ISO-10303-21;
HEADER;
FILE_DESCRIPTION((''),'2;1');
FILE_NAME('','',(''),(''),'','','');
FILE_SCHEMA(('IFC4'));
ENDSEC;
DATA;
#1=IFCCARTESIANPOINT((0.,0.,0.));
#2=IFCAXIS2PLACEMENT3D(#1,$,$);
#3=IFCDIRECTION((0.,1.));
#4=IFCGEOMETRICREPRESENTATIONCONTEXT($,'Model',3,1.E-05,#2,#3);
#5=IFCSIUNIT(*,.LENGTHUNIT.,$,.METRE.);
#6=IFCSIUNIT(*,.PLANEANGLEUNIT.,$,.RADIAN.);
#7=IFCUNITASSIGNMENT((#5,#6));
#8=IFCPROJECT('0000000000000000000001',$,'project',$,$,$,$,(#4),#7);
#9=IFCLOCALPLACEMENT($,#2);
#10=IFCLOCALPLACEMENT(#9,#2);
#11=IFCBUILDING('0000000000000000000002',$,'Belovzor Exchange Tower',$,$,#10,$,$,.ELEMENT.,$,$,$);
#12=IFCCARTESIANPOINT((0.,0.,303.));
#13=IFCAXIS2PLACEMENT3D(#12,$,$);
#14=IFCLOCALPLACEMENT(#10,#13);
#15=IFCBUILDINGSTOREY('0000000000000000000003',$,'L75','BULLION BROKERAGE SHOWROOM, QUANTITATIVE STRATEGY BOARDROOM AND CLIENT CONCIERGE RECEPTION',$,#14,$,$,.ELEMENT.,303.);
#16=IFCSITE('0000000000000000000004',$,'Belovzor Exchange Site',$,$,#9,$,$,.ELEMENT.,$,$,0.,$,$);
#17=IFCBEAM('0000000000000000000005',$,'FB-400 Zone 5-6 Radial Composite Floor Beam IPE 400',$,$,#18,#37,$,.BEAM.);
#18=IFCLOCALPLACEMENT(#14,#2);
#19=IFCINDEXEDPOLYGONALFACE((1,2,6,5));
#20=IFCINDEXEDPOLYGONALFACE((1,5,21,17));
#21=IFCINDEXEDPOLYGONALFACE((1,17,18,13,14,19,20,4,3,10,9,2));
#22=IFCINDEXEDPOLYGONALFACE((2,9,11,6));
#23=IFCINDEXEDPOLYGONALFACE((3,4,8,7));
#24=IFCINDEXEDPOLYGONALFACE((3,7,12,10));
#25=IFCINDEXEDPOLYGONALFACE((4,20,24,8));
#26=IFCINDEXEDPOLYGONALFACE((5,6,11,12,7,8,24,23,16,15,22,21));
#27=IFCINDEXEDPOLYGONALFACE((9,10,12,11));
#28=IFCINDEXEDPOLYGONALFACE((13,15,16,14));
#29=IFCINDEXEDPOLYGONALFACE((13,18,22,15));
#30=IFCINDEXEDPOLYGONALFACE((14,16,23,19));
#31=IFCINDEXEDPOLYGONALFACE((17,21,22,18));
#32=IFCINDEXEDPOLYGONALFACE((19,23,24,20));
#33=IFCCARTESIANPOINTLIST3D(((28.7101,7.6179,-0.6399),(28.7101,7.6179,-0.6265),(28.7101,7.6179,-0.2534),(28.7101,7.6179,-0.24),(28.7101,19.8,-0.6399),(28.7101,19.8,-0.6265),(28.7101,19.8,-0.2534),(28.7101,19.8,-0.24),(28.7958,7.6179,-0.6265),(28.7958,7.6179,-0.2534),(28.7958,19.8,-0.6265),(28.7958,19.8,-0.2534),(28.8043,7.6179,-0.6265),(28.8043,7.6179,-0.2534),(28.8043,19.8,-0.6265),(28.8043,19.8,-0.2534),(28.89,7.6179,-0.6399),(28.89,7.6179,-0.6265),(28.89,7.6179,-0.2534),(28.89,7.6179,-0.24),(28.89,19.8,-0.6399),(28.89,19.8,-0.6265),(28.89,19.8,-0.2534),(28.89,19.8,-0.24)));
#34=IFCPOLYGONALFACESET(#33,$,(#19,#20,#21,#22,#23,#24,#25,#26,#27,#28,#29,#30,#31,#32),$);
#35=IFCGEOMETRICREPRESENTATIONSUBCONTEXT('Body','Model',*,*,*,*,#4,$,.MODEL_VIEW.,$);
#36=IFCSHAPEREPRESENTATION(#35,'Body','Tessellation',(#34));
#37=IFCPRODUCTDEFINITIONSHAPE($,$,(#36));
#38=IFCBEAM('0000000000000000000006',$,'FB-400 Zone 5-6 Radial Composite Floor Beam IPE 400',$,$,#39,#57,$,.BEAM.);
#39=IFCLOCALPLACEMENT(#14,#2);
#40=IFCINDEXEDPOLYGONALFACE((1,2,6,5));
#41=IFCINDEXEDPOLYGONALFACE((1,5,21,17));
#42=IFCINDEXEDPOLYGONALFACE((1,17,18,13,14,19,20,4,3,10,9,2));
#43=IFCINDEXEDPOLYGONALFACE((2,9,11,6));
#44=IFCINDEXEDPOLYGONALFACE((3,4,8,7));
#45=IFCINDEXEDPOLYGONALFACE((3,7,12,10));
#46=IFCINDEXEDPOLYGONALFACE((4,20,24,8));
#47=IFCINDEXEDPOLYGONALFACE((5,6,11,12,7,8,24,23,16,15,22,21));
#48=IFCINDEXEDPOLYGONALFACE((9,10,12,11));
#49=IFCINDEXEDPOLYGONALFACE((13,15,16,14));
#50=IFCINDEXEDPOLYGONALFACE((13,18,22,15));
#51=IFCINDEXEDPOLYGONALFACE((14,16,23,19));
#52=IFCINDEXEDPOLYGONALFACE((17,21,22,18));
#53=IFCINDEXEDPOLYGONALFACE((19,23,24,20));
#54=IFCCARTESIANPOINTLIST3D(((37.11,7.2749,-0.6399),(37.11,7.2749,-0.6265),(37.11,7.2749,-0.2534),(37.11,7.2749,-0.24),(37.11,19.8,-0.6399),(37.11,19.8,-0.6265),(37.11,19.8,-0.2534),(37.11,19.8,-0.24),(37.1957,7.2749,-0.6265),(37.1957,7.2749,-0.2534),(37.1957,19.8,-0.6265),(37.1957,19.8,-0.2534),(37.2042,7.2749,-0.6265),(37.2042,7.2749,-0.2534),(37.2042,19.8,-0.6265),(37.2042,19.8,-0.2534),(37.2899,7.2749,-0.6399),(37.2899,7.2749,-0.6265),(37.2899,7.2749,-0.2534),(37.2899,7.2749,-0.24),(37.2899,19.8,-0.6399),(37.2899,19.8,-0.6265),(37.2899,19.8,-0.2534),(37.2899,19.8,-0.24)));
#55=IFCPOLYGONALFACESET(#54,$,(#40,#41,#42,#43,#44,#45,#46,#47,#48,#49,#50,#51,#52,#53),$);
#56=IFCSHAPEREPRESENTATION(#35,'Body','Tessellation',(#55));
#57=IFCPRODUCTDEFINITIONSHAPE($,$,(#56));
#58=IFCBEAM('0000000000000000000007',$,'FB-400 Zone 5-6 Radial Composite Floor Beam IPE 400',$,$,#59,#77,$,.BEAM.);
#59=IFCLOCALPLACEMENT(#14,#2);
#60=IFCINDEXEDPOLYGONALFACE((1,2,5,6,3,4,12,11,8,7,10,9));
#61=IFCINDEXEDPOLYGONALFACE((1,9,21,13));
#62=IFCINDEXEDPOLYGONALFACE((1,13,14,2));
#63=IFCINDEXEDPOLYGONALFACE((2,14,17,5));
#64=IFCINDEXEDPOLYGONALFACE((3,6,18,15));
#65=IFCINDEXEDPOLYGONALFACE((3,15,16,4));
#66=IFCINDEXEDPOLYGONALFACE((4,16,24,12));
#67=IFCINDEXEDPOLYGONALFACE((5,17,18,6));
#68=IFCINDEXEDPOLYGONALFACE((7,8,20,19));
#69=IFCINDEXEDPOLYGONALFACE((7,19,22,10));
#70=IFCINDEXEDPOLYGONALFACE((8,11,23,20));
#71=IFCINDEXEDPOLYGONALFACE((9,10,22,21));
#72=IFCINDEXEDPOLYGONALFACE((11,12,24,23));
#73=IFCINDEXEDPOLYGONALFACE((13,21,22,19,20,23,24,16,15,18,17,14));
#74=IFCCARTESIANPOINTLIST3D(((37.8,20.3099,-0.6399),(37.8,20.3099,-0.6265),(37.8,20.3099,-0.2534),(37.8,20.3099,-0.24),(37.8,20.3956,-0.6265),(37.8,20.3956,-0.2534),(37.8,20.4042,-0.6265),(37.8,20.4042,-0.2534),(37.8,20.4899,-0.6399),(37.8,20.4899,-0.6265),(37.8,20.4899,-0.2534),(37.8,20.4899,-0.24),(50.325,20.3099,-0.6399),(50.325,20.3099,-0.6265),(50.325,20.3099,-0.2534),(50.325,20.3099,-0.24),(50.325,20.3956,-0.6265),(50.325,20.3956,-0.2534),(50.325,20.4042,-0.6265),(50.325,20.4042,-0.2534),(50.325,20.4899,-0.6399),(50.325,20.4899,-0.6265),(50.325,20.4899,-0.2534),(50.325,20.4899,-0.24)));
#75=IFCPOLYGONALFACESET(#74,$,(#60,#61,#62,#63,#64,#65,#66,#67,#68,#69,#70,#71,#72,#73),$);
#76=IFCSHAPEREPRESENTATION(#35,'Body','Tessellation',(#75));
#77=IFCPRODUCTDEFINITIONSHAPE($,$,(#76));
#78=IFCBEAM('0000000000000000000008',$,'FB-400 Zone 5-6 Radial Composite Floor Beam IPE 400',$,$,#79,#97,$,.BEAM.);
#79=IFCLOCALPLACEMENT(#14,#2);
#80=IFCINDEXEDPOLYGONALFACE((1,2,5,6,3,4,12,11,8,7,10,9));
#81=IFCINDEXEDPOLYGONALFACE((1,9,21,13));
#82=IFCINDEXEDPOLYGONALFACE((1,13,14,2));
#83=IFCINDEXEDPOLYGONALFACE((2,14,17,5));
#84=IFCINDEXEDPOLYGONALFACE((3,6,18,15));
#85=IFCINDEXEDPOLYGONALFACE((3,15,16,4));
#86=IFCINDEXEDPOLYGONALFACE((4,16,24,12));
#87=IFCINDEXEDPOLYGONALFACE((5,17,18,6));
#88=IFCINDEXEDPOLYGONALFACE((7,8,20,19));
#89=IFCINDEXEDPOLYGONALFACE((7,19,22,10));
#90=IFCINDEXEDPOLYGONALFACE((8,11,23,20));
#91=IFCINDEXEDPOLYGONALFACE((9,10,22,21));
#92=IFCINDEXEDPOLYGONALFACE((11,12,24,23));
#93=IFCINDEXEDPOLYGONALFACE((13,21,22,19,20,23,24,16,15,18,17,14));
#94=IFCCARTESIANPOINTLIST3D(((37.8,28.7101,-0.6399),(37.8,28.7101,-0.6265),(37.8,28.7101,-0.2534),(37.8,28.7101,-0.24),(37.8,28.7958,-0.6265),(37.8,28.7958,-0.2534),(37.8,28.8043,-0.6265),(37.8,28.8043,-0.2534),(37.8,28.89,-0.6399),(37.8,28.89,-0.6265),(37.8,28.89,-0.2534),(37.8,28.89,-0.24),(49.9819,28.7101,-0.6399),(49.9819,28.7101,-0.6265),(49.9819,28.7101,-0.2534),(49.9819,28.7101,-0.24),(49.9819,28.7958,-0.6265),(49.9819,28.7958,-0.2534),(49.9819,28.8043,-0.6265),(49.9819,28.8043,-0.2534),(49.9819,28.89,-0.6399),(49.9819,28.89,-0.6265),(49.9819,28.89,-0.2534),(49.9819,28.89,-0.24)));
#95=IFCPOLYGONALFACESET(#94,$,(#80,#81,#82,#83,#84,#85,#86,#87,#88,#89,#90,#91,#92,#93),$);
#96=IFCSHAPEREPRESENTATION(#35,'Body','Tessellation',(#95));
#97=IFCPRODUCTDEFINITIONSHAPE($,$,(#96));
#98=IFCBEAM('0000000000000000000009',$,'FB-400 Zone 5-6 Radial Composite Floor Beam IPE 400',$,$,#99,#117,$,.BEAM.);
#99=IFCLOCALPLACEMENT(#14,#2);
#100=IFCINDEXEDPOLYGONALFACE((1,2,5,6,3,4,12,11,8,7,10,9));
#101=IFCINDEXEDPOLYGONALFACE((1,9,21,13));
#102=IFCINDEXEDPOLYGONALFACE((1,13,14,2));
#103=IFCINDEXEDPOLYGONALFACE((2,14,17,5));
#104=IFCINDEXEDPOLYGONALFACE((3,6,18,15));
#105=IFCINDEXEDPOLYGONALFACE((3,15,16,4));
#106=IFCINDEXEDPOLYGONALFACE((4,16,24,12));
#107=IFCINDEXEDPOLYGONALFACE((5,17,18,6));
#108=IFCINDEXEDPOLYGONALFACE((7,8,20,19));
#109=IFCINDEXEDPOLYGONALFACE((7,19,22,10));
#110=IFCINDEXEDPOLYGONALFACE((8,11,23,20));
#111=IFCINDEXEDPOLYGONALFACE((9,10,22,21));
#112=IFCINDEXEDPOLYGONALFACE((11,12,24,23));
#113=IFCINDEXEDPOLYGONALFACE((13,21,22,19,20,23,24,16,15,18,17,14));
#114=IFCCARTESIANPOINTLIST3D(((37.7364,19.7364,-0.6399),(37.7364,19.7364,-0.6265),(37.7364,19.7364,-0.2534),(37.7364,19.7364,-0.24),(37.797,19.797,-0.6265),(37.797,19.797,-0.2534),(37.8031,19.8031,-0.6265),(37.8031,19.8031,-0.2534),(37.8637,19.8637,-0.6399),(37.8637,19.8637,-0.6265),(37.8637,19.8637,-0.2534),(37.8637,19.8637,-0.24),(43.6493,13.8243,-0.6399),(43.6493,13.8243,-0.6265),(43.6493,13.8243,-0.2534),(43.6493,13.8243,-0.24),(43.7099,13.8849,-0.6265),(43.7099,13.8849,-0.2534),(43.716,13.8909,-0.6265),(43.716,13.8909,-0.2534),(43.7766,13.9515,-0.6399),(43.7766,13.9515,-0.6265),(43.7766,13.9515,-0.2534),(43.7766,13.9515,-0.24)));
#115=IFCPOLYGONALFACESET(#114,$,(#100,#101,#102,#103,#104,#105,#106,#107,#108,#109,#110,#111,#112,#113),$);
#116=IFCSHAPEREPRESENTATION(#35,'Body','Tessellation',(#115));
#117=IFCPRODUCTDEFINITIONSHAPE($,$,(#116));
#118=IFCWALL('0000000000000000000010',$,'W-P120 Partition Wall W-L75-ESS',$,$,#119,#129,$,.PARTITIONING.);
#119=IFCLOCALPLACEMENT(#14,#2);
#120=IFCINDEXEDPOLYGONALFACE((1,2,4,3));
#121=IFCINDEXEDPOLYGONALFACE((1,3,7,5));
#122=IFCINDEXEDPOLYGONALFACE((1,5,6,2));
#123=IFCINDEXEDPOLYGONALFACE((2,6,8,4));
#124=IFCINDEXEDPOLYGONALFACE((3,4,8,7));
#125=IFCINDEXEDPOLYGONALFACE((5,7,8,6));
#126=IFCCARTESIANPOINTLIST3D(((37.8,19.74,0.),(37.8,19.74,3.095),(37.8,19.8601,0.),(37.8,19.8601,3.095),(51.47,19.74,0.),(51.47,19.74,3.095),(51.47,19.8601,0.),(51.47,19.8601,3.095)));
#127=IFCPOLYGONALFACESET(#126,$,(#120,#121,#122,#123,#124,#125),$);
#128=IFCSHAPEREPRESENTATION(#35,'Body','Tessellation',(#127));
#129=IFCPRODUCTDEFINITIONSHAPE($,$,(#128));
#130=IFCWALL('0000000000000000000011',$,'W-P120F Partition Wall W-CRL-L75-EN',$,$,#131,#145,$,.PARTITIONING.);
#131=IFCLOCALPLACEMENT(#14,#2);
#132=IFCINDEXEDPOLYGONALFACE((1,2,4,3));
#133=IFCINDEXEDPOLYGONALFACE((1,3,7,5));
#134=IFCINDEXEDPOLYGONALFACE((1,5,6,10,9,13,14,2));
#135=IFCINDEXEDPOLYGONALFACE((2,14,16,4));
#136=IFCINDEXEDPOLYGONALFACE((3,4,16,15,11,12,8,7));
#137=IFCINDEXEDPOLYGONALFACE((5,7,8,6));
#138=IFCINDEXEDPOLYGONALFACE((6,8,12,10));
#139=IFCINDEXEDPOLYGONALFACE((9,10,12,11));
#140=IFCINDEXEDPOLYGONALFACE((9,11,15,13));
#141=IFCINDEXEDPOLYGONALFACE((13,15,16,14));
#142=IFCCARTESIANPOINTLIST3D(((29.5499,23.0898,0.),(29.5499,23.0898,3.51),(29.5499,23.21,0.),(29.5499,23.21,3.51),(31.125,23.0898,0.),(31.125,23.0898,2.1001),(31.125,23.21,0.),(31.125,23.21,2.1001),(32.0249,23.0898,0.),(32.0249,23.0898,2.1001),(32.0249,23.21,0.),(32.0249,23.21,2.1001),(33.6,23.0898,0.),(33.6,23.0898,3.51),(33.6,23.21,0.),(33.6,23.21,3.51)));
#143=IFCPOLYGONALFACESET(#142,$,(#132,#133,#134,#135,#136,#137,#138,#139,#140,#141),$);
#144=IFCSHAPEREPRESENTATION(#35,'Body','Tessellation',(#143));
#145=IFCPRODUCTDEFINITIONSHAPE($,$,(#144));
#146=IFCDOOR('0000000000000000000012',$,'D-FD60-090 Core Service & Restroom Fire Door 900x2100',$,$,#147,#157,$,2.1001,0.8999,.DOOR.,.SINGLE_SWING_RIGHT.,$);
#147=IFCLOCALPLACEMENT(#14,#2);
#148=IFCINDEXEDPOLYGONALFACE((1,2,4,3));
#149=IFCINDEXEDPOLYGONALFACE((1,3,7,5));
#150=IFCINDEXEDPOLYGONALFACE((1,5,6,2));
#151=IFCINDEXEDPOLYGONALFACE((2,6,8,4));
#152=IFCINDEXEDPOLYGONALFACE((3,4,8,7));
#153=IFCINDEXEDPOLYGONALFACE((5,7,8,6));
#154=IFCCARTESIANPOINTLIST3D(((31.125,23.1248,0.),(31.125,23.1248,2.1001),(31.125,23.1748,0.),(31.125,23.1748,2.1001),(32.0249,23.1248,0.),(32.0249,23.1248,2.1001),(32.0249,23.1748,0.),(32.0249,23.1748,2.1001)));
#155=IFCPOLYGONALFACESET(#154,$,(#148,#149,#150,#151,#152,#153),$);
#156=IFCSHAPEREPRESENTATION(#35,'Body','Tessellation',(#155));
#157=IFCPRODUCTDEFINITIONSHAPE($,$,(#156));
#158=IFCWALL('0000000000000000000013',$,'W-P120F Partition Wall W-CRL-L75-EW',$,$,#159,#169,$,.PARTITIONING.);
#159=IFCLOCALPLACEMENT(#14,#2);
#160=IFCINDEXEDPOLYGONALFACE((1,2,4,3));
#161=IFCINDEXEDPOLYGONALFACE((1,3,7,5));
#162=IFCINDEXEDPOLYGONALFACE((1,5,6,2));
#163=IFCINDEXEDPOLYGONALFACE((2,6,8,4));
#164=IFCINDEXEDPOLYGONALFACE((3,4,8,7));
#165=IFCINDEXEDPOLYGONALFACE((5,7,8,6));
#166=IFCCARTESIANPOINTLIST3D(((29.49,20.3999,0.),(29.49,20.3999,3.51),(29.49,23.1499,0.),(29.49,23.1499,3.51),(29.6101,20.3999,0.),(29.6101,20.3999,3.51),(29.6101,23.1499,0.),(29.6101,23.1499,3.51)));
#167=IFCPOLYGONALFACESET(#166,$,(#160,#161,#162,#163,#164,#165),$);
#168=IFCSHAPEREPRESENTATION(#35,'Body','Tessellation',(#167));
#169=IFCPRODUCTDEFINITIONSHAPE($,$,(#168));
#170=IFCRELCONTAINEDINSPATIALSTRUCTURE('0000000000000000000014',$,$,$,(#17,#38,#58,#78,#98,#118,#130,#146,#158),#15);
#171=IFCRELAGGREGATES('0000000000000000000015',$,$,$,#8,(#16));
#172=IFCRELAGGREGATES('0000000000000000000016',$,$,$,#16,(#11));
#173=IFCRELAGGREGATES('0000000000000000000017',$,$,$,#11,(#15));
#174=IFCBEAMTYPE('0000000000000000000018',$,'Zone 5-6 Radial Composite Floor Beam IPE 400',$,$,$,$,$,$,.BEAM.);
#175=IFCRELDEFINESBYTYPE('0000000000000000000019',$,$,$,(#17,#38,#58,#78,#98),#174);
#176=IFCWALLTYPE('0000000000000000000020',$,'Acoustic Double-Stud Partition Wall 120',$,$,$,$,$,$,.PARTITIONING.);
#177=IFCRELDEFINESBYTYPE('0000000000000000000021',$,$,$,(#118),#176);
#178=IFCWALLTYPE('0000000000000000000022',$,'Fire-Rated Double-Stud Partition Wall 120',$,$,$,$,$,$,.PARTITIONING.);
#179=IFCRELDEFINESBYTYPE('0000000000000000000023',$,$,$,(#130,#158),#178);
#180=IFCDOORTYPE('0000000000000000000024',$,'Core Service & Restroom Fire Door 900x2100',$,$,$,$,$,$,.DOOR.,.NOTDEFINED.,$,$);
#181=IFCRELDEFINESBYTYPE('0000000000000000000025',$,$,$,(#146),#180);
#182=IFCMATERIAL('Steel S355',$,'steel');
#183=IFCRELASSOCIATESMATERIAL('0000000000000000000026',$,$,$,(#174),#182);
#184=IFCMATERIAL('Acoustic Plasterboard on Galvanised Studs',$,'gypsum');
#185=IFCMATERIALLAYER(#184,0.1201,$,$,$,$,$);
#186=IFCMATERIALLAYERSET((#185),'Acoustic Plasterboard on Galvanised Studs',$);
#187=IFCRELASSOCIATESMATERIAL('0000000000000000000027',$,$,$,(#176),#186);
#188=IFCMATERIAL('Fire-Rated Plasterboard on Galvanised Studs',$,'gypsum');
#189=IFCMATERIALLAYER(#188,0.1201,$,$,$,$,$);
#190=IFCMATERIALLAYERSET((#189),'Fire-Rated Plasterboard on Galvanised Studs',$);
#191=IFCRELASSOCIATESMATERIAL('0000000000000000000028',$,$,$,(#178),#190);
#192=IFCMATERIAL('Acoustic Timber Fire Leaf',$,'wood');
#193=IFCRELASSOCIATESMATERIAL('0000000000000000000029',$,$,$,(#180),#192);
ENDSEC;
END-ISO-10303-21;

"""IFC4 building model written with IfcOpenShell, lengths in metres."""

from ifc_helpers import new_model, si_unit, direction, frame, frame_2d, origin, origin_2d, place, context, subcontext, project, spatial, rectangle, i_section, extrude, material, layer, layer_set, material_profile, profile_set, type_object, element, fill, save


model = new_model("IFC4")

# Units and contexts
model_context = context("Model", 3, precision=1e-05, world=origin(), true_north=direction((0.0, 1.0)))
body_context = subcontext(model_context, "Body", "Model", "MODEL_VIEW")
ifc_project = project(units=[si_unit("LENGTHUNIT", "METRE"), si_unit("PLANEANGLEUNIT", "RADIAN")], contexts=[model_context])

# Site, building, storey
site_placement = place(None, origin())
site = spatial("IfcSite", under=ifc_project, at=site_placement, Name="Belovzor Exchange Site", CompositionType="ELEMENT", RefElevation=0.0)
building_placement = place(site_placement, origin())
building = spatial("IfcBuilding", under=site, at=building_placement, Name="Belovzor Exchange Tower", CompositionType="ELEMENT")
storey_placement = place(building_placement, frame((0.0, 0.0, 303.0)))
storey = spatial("IfcBuildingStorey", under=building, at=storey_placement, Name="L75", Description="BULLION BROKERAGE SHOWROOM, QUANTITATIVE STRATEGY BOARDROOM AND CLIENT CONCIERGE RECEPTION", CompositionType="ELEMENT", Elevation=303.0)

# Beams
ifc_material_1 = material(Name="Steel S355", Category="steel")
ifc_material_profile = material_profile(ifc_material_1, i_section(OverallWidth=0.1799, OverallDepth=0.3999, WebThickness=0.0085, FlangeThickness=0.0134, at=origin_2d()))
ifc_profile_set = profile_set([ifc_material_profile], Name="Steel S355")
beam_type = type_object("IfcBeamType", Name="Zone 5-6 Radial Composite Floor Beam IPE 400", PredefinedType="BEAM", material=ifc_profile_set)
beam_1_placement = place(storey_placement, frame((28.8, 19.8, -0.4399), z_axis=(0.0, -1.0, 0.0), x_axis=(1.0, 0.0, 0.0)))
element("IfcBeam", 1, at=beam_1_placement, inside=storey, type_object=beam_type, Name="FB-400 Zone 5-6 Radial Composite Floor Beam IPE 400", PredefinedType="BEAM", context=body_context, shape_type="SweptSolid", body=[
    extrude(i_section(OverallWidth=0.1799, OverallDepth=0.3999, WebThickness=0.0085, FlangeThickness=0.0134, at=origin_2d()), origin(), (0.0, 0.0, 1.0), 12.1821),
])
beam_2_placement = place(storey_placement, frame((37.2, 19.8, -0.4399), z_axis=(0.0, -1.0, 0.0), x_axis=(1.0, 0.0, 0.0)))
element("IfcBeam", 2, at=beam_2_placement, inside=storey, type_object=beam_type, Name="FB-400 Zone 5-6 Radial Composite Floor Beam IPE 400", PredefinedType="BEAM", context=body_context, shape_type="SweptSolid", body=[
    extrude(i_section(OverallWidth=0.1799, OverallDepth=0.3999, WebThickness=0.0085, FlangeThickness=0.0134, at=origin_2d()), origin(), (0.0, 0.0, 1.0), 12.5251),
])
beam_3_placement = place(storey_placement, frame((37.8, 20.3999, -0.4399), z_axis=(1.0, 0.0, 0.0), x_axis=(0.0, 1.0, 0.0)))
element("IfcBeam", 3, at=beam_3_placement, inside=storey, type_object=beam_type, Name="FB-400 Zone 5-6 Radial Composite Floor Beam IPE 400", PredefinedType="BEAM", context=body_context, shape_type="SweptSolid", body=[
    extrude(i_section(OverallWidth=0.1799, OverallDepth=0.3999, WebThickness=0.0085, FlangeThickness=0.0134, at=origin_2d()), origin(), (0.0, 0.0, 1.0), 12.5249),
])
beam_4_placement = place(storey_placement, frame((37.8, 28.8, -0.4399), z_axis=(1.0, 0.0, 0.0), x_axis=(0.0, 1.0, 0.0)))
element("IfcBeam", 4, at=beam_4_placement, inside=storey, type_object=beam_type, Name="FB-400 Zone 5-6 Radial Composite Floor Beam IPE 400", PredefinedType="BEAM", context=body_context, shape_type="SweptSolid", body=[
    extrude(i_section(OverallWidth=0.1799, OverallDepth=0.3999, WebThickness=0.0085, FlangeThickness=0.0134, at=origin_2d()), origin(), (0.0, 0.0, 1.0), 12.1819),
])
beam_5_placement = place(storey_placement, frame((37.8, 19.8, -0.4399), z_axis=(0.707151, -0.707063, 0.0), x_axis=(0.707063, 0.707151, 0.0)))
element("IfcBeam", 5, at=beam_5_placement, inside=storey, type_object=beam_type, Name="FB-400 Zone 5-6 Radial Composite Floor Beam IPE 400", PredefinedType="BEAM", context=body_context, shape_type="SweptSolid", body=[
    extrude(i_section(OverallWidth=0.1799, OverallDepth=0.3999, WebThickness=0.0085, FlangeThickness=0.0134, at=origin_2d()), origin(), (0.0, 0.0, 1.0), 8.3616),
])

# Wall
ifc_material_2 = material(Name="Acoustic Plasterboard on Galvanised Studs", Category="gypsum")
ifc_layer_1 = layer(ifc_material_2, 0.1201)
ifc_layer_set_1 = layer_set([ifc_layer_1], Name="Acoustic Plasterboard on Galvanised Studs")
wall_type_1 = type_object("IfcWallType", Name="Acoustic Double-Stud Partition Wall 120", PredefinedType="PARTITIONING", material=ifc_layer_set_1)
wall_1_placement = place(storey_placement, frame((37.8, 19.8, 0.0), z_axis=(0.0, 0.0, 1.0), x_axis=(1.0, 0.0, 0.0)))
element("IfcWall", 6, at=wall_1_placement, inside=storey, type_object=wall_type_1, Name="W-P120 Partition Wall W-L75-ESS", PredefinedType="PARTITIONING", context=body_context, shape_type="SweptSolid", body=[
    extrude(rectangle(XDim=13.6699, YDim=0.1201, at=frame_2d((6.835, 0.0))), origin(), (0.0, 0.0, 1.0), 3.095),
])

# Wall, opening, door
ifc_material_3 = material(Name="Fire-Rated Plasterboard on Galvanised Studs", Category="gypsum")
ifc_layer_2 = layer(ifc_material_3, 0.1201)
ifc_layer_set_2 = layer_set([ifc_layer_2], Name="Fire-Rated Plasterboard on Galvanised Studs")
wall_type_2 = type_object("IfcWallType", Name="Fire-Rated Double-Stud Partition Wall 120", PredefinedType="PARTITIONING", material=ifc_layer_set_2)
wall_2_placement = place(storey_placement, frame((29.55, 23.1499, 0.0), z_axis=(0.0, 0.0, 1.0), x_axis=(1.0, 0.0, 0.0)))
wall_2 = element("IfcWall", 7, at=wall_2_placement, inside=storey, type_object=wall_type_2, Name="W-P120F Partition Wall W-CRL-L75-EN", PredefinedType="PARTITIONING", context=body_context, shape_type="SweptSolid", body=[
    extrude(rectangle(XDim=4.05, YDim=0.1201, at=frame_2d((2.0249, 0.0))), origin(), (0.0, 0.0, 1.0), 3.51),
])
opening_1_placement = place(wall_2_placement, frame((1.575, 0.0, 0.0)))
opening_1 = element("IfcOpeningElement", 8, at=opening_1_placement, cuts=wall_2, PredefinedType="OPENING", context=body_context, shape_type="SweptSolid", body=[
    extrude(rectangle(XDim=0.8999, YDim=2.1001, at=frame_2d((0.45, 1.05))), frame((0.0, 0.0701, 0.0), z_axis=(0.0, -1.0, 0.0), x_axis=(1.0, 0.0, 0.0)), (0.0, 0.0, 1.0), 0.1401),
])
ifc_material_4 = material(Name="Acoustic Timber Fire Leaf", Category="wood")
door_type_1 = type_object("IfcDoorType", Name="Core Service & Restroom Fire Door 900x2100", OperationType="NOTDEFINED", PredefinedType="DOOR", material=ifc_material_4)
door_1_placement = place(opening_1_placement, origin())
door_1 = element("IfcDoor", 9, at=door_1_placement, inside=storey, type_object=door_type_1, Name="D-FD60-090 Core Service & Restroom Fire Door 900x2100", OperationType="SINGLE_SWING_RIGHT", OverallHeight=2.1001, OverallWidth=0.8999, PredefinedType="DOOR", context=body_context, shape_type="SweptSolid", body=[
    extrude(rectangle(XDim=0.8999, YDim=2.1001, at=frame_2d((0.45, 1.05))), frame((0.0, 0.0249, 0.0), z_axis=(0.0, -1.0, 0.0), x_axis=(1.0, 0.0, 0.0)), (0.0, 0.0, 1.0), 0.05),
])
fill(opening_1, door_1)

# Wall
wall_3_placement = place(storey_placement, frame((29.55, 20.3999, 0.0), z_axis=(0.0, 0.0, 1.0), x_axis=(0.0, 1.0, 0.0)))
element("IfcWall", 10, at=wall_3_placement, inside=storey, type_object=wall_type_2, Name="W-P120F Partition Wall W-CRL-L75-EW", PredefinedType="PARTITIONING", context=body_context, shape_type="SweptSolid", body=[
    extrude(rectangle(XDim=2.75, YDim=0.1201, at=frame_2d((1.375, 0.0))), origin(), (0.0, 0.0, 1.0), 3.51),
])

save(model, "model.ifc")
